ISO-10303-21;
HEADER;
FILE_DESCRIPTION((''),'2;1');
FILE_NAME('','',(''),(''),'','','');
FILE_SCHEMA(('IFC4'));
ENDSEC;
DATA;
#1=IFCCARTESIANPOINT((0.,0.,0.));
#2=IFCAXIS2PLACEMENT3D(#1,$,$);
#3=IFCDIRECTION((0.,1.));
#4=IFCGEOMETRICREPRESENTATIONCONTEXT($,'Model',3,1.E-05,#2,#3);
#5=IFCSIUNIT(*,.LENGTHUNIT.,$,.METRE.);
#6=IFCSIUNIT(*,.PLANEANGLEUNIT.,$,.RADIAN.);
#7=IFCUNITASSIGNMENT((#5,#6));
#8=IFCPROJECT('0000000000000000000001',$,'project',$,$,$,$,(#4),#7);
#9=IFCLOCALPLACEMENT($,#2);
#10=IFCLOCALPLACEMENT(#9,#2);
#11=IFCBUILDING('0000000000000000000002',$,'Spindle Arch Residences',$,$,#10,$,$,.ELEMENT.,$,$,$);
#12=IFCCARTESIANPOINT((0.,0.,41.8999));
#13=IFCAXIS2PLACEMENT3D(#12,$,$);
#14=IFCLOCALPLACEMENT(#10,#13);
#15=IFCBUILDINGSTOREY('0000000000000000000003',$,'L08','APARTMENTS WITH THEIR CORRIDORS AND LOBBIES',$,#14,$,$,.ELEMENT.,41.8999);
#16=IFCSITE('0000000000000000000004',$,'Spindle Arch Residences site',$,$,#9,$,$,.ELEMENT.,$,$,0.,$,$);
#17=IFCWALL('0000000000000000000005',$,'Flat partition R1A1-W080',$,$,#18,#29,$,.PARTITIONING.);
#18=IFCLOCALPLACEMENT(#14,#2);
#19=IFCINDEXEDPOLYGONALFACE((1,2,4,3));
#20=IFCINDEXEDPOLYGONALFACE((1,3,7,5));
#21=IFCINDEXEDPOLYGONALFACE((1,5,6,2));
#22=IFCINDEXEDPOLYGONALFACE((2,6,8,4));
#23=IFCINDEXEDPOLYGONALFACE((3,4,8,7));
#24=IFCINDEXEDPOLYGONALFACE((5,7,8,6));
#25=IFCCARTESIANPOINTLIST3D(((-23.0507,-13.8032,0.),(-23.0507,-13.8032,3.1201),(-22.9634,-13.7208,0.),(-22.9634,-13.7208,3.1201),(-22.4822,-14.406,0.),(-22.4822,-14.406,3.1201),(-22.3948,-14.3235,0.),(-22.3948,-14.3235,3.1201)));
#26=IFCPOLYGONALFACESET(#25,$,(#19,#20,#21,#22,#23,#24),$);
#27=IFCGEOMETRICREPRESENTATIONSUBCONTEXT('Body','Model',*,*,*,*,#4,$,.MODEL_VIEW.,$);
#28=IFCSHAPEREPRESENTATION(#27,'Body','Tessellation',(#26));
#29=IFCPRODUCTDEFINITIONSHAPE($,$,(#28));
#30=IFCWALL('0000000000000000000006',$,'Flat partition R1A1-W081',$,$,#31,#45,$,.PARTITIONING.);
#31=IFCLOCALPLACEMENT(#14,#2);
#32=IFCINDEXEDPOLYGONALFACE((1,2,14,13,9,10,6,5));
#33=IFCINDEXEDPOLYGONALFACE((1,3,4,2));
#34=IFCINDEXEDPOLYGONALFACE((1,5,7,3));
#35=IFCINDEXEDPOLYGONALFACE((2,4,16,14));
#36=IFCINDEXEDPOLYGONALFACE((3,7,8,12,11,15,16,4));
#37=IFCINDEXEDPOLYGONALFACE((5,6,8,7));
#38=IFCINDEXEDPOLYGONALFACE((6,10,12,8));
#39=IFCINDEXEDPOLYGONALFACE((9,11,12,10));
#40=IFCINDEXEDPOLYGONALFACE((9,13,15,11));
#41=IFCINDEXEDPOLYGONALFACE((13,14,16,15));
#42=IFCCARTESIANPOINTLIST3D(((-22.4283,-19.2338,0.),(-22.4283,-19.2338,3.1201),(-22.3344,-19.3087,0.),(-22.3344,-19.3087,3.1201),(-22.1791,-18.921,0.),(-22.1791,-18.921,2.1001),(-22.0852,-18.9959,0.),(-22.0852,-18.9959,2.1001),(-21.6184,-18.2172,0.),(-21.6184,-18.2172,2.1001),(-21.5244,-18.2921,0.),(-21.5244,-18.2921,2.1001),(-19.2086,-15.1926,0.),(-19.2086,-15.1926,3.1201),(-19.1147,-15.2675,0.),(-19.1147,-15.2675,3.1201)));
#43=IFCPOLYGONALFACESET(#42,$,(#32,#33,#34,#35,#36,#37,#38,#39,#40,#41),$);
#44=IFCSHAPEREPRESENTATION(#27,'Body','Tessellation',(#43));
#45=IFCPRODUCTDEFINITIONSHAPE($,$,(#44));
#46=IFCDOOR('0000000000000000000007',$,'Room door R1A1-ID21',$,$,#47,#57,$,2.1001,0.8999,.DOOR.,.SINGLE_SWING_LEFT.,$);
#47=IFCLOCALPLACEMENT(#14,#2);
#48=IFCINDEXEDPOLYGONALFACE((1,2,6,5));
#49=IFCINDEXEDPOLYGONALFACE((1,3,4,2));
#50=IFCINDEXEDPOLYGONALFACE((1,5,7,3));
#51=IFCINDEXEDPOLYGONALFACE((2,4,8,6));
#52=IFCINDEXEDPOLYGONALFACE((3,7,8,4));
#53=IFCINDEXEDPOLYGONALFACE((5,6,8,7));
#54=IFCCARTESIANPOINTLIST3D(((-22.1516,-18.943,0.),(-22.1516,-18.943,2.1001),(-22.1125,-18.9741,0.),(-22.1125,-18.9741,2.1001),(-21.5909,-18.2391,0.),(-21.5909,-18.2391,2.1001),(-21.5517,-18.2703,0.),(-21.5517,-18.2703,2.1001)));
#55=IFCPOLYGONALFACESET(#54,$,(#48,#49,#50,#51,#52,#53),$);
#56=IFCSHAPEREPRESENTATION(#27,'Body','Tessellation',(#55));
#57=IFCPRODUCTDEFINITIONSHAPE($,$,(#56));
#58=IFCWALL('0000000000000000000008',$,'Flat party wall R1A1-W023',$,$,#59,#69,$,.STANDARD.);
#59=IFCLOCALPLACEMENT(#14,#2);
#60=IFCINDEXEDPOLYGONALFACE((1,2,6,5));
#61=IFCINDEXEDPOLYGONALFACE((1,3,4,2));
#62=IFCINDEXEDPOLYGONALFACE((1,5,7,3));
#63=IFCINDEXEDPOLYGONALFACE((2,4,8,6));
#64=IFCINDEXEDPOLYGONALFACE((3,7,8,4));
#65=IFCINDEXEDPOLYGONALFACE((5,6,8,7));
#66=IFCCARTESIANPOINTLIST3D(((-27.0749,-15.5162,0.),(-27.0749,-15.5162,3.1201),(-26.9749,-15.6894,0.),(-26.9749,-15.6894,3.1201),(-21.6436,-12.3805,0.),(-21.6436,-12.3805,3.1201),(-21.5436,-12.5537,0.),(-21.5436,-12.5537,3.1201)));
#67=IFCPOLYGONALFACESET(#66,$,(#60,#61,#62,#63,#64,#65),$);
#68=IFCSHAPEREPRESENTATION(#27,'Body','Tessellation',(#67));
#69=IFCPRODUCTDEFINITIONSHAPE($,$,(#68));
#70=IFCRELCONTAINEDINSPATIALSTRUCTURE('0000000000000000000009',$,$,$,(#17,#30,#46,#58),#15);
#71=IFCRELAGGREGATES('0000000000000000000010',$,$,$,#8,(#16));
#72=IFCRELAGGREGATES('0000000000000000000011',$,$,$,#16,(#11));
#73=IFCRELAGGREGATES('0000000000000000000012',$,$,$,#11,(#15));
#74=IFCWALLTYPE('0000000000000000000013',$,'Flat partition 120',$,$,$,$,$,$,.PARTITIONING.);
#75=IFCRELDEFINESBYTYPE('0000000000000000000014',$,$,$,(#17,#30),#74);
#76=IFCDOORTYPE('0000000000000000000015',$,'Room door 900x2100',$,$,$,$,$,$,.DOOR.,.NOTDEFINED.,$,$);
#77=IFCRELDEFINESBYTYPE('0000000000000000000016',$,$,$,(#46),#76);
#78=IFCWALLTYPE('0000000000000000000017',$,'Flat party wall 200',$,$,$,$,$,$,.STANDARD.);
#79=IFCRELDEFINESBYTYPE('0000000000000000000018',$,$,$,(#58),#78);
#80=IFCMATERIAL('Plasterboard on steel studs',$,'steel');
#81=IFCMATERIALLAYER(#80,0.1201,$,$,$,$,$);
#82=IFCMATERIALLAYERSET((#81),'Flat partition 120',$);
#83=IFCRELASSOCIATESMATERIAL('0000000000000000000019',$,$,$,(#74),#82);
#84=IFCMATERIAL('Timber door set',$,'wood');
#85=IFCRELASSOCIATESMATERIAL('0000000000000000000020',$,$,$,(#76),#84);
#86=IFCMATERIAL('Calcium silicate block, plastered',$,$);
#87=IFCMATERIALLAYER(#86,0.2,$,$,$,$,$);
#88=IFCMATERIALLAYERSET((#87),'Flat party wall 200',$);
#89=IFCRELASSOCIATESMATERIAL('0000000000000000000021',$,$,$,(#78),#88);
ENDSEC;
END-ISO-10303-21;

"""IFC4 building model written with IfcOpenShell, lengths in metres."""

from ifc_helpers import new_model, si_unit, direction, frame, frame_2d, origin, place, context, subcontext, project, spatial, rectangle, extrude, material, layer, layer_set, type_object, element, fill, save


model = new_model("IFC4")

# Units and contexts
model_context = context("Model", 3, precision=1e-05, world=origin(), true_north=direction((0.0, 1.0)))
body_context = subcontext(model_context, "Body", "Model", "MODEL_VIEW")
ifc_project = project(units=[si_unit("LENGTHUNIT", "METRE"), si_unit("PLANEANGLEUNIT", "RADIAN")], contexts=[model_context])

# Site, building, storey
site_placement = place(None, origin())
site = spatial("IfcSite", under=ifc_project, at=site_placement, Name="Spindle Arch Residences site", CompositionType="ELEMENT", RefElevation=0.0)
building_placement = place(site_placement, origin())
building = spatial("IfcBuilding", under=site, at=building_placement, Name="Spindle Arch Residences", CompositionType="ELEMENT")
storey_placement = place(building_placement, frame((0.0, 0.0, 41.8999)))
storey = spatial("IfcBuildingStorey", under=building, at=storey_placement, Name="L08", Description="APARTMENTS WITH THEIR CORRIDORS AND LOBBIES", CompositionType="ELEMENT", Elevation=41.8999)

# Wall
ifc_material_1 = material(Name="Plasterboard on steel studs", Category="steel")
ifc_layer_1 = layer(ifc_material_1, 0.1201)
ifc_layer_set_1 = layer_set([ifc_layer_1], Name="Flat partition 120")
wall_type_1 = type_object("IfcWallType", Name="Flat partition 120", PredefinedType="PARTITIONING", material=ifc_layer_set_1)
wall_1_placement = place(storey_placement, frame((-22.4385, -14.3647, 0.0), z_axis=(0.0, 0.0, 1.0), x_axis=(-0.686182, 0.72743, 0.0)))
element("IfcWall", 1, at=wall_1_placement, inside=storey, type_object=wall_type_1, Name="Flat partition R1A1-W080", PredefinedType="PARTITIONING", context=body_context, shape_type="SweptSolid", body=[
    extrude(rectangle(XDim=0.8286, YDim=0.1201, at=frame_2d((0.4143, 0.0))), origin(), (0.0, 0.0, 1.0), 3.1201),
])

# Wall, opening, door
wall_2_placement = place(storey_placement, frame((-22.3813, -19.2712, 0.0), z_axis=(0.0, 0.0, 1.0), x_axis=(0.623126, 0.782121, 0.0)))
wall_2 = element("IfcWall", 2, at=wall_2_placement, inside=storey, type_object=wall_type_1, Name="Flat partition R1A1-W081", PredefinedType="PARTITIONING", context=body_context, shape_type="SweptSolid", body=[
    extrude(rectangle(XDim=5.167, YDim=0.1201, at=frame_2d((2.5835, 0.0))), origin(), (0.0, 0.0, 1.0), 3.1201),
])
opening_placement = place(wall_2_placement, frame((0.3999, 0.0, 0.0)))
opening = element("IfcOpeningElement", 3, at=opening_placement, cuts=wall_2, PredefinedType="OPENING", context=body_context, shape_type="SweptSolid", body=[
    extrude(rectangle(XDim=0.8999, YDim=2.1001, at=frame_2d((0.45, 1.05))), frame((0.0, 0.0701, 0.0), z_axis=(0.0, -1.0, 0.0), x_axis=(1.0, 0.0, 0.0)), (0.0, 0.0, 1.0), 0.1401),
])
ifc_material_2 = material(Name="Timber door set", Category="wood")
door_type = type_object("IfcDoorType", Name="Room door 900x2100", OperationType="NOTDEFINED", PredefinedType="DOOR", material=ifc_material_2)
door_placement = place(opening_placement, origin())
door = element("IfcDoor", 4, at=door_placement, inside=storey, type_object=door_type, Name="Room door R1A1-ID21", OperationType="SINGLE_SWING_LEFT", OverallHeight=2.1001, OverallWidth=0.8999, PredefinedType="DOOR", context=body_context, shape_type="SweptSolid", body=[
    extrude(rectangle(XDim=0.8999, YDim=2.1001, at=frame_2d((0.45, 1.05))), frame((0.0, 0.0249, 0.0), z_axis=(0.0, -1.0, 0.0), x_axis=(1.0, 0.0, 0.0)), (0.0, 0.0, 1.0), 0.05),
])
fill(opening, door)

# Wall
ifc_material_3 = material(Name="Calcium silicate block, plastered")
ifc_layer_2 = layer(ifc_material_3, 0.2)
ifc_layer_set_2 = layer_set([ifc_layer_2], Name="Flat party wall 200")
wall_type_2 = type_object("IfcWallType", Name="Flat party wall 200", PredefinedType="STANDARD", material=ifc_layer_set_2)
wall_3_placement = place(storey_placement, frame((-27.0249, -15.6028, 0.0), z_axis=(0.0, 0.0, 1.0), x_axis=(0.866031, 0.499991, 0.0)))
element("IfcWall", 5, at=wall_3_placement, inside=storey, type_object=wall_type_2, Name="Flat party wall R1A1-W023", PredefinedType="STANDARD", context=body_context, shape_type="SweptSolid", body=[
    extrude(rectangle(XDim=6.2715, YDim=0.2, at=frame_2d((3.1357, 0.0))), origin(), (0.0, 0.0, 1.0), 3.1201),
])

save(model, "model.ifc")
